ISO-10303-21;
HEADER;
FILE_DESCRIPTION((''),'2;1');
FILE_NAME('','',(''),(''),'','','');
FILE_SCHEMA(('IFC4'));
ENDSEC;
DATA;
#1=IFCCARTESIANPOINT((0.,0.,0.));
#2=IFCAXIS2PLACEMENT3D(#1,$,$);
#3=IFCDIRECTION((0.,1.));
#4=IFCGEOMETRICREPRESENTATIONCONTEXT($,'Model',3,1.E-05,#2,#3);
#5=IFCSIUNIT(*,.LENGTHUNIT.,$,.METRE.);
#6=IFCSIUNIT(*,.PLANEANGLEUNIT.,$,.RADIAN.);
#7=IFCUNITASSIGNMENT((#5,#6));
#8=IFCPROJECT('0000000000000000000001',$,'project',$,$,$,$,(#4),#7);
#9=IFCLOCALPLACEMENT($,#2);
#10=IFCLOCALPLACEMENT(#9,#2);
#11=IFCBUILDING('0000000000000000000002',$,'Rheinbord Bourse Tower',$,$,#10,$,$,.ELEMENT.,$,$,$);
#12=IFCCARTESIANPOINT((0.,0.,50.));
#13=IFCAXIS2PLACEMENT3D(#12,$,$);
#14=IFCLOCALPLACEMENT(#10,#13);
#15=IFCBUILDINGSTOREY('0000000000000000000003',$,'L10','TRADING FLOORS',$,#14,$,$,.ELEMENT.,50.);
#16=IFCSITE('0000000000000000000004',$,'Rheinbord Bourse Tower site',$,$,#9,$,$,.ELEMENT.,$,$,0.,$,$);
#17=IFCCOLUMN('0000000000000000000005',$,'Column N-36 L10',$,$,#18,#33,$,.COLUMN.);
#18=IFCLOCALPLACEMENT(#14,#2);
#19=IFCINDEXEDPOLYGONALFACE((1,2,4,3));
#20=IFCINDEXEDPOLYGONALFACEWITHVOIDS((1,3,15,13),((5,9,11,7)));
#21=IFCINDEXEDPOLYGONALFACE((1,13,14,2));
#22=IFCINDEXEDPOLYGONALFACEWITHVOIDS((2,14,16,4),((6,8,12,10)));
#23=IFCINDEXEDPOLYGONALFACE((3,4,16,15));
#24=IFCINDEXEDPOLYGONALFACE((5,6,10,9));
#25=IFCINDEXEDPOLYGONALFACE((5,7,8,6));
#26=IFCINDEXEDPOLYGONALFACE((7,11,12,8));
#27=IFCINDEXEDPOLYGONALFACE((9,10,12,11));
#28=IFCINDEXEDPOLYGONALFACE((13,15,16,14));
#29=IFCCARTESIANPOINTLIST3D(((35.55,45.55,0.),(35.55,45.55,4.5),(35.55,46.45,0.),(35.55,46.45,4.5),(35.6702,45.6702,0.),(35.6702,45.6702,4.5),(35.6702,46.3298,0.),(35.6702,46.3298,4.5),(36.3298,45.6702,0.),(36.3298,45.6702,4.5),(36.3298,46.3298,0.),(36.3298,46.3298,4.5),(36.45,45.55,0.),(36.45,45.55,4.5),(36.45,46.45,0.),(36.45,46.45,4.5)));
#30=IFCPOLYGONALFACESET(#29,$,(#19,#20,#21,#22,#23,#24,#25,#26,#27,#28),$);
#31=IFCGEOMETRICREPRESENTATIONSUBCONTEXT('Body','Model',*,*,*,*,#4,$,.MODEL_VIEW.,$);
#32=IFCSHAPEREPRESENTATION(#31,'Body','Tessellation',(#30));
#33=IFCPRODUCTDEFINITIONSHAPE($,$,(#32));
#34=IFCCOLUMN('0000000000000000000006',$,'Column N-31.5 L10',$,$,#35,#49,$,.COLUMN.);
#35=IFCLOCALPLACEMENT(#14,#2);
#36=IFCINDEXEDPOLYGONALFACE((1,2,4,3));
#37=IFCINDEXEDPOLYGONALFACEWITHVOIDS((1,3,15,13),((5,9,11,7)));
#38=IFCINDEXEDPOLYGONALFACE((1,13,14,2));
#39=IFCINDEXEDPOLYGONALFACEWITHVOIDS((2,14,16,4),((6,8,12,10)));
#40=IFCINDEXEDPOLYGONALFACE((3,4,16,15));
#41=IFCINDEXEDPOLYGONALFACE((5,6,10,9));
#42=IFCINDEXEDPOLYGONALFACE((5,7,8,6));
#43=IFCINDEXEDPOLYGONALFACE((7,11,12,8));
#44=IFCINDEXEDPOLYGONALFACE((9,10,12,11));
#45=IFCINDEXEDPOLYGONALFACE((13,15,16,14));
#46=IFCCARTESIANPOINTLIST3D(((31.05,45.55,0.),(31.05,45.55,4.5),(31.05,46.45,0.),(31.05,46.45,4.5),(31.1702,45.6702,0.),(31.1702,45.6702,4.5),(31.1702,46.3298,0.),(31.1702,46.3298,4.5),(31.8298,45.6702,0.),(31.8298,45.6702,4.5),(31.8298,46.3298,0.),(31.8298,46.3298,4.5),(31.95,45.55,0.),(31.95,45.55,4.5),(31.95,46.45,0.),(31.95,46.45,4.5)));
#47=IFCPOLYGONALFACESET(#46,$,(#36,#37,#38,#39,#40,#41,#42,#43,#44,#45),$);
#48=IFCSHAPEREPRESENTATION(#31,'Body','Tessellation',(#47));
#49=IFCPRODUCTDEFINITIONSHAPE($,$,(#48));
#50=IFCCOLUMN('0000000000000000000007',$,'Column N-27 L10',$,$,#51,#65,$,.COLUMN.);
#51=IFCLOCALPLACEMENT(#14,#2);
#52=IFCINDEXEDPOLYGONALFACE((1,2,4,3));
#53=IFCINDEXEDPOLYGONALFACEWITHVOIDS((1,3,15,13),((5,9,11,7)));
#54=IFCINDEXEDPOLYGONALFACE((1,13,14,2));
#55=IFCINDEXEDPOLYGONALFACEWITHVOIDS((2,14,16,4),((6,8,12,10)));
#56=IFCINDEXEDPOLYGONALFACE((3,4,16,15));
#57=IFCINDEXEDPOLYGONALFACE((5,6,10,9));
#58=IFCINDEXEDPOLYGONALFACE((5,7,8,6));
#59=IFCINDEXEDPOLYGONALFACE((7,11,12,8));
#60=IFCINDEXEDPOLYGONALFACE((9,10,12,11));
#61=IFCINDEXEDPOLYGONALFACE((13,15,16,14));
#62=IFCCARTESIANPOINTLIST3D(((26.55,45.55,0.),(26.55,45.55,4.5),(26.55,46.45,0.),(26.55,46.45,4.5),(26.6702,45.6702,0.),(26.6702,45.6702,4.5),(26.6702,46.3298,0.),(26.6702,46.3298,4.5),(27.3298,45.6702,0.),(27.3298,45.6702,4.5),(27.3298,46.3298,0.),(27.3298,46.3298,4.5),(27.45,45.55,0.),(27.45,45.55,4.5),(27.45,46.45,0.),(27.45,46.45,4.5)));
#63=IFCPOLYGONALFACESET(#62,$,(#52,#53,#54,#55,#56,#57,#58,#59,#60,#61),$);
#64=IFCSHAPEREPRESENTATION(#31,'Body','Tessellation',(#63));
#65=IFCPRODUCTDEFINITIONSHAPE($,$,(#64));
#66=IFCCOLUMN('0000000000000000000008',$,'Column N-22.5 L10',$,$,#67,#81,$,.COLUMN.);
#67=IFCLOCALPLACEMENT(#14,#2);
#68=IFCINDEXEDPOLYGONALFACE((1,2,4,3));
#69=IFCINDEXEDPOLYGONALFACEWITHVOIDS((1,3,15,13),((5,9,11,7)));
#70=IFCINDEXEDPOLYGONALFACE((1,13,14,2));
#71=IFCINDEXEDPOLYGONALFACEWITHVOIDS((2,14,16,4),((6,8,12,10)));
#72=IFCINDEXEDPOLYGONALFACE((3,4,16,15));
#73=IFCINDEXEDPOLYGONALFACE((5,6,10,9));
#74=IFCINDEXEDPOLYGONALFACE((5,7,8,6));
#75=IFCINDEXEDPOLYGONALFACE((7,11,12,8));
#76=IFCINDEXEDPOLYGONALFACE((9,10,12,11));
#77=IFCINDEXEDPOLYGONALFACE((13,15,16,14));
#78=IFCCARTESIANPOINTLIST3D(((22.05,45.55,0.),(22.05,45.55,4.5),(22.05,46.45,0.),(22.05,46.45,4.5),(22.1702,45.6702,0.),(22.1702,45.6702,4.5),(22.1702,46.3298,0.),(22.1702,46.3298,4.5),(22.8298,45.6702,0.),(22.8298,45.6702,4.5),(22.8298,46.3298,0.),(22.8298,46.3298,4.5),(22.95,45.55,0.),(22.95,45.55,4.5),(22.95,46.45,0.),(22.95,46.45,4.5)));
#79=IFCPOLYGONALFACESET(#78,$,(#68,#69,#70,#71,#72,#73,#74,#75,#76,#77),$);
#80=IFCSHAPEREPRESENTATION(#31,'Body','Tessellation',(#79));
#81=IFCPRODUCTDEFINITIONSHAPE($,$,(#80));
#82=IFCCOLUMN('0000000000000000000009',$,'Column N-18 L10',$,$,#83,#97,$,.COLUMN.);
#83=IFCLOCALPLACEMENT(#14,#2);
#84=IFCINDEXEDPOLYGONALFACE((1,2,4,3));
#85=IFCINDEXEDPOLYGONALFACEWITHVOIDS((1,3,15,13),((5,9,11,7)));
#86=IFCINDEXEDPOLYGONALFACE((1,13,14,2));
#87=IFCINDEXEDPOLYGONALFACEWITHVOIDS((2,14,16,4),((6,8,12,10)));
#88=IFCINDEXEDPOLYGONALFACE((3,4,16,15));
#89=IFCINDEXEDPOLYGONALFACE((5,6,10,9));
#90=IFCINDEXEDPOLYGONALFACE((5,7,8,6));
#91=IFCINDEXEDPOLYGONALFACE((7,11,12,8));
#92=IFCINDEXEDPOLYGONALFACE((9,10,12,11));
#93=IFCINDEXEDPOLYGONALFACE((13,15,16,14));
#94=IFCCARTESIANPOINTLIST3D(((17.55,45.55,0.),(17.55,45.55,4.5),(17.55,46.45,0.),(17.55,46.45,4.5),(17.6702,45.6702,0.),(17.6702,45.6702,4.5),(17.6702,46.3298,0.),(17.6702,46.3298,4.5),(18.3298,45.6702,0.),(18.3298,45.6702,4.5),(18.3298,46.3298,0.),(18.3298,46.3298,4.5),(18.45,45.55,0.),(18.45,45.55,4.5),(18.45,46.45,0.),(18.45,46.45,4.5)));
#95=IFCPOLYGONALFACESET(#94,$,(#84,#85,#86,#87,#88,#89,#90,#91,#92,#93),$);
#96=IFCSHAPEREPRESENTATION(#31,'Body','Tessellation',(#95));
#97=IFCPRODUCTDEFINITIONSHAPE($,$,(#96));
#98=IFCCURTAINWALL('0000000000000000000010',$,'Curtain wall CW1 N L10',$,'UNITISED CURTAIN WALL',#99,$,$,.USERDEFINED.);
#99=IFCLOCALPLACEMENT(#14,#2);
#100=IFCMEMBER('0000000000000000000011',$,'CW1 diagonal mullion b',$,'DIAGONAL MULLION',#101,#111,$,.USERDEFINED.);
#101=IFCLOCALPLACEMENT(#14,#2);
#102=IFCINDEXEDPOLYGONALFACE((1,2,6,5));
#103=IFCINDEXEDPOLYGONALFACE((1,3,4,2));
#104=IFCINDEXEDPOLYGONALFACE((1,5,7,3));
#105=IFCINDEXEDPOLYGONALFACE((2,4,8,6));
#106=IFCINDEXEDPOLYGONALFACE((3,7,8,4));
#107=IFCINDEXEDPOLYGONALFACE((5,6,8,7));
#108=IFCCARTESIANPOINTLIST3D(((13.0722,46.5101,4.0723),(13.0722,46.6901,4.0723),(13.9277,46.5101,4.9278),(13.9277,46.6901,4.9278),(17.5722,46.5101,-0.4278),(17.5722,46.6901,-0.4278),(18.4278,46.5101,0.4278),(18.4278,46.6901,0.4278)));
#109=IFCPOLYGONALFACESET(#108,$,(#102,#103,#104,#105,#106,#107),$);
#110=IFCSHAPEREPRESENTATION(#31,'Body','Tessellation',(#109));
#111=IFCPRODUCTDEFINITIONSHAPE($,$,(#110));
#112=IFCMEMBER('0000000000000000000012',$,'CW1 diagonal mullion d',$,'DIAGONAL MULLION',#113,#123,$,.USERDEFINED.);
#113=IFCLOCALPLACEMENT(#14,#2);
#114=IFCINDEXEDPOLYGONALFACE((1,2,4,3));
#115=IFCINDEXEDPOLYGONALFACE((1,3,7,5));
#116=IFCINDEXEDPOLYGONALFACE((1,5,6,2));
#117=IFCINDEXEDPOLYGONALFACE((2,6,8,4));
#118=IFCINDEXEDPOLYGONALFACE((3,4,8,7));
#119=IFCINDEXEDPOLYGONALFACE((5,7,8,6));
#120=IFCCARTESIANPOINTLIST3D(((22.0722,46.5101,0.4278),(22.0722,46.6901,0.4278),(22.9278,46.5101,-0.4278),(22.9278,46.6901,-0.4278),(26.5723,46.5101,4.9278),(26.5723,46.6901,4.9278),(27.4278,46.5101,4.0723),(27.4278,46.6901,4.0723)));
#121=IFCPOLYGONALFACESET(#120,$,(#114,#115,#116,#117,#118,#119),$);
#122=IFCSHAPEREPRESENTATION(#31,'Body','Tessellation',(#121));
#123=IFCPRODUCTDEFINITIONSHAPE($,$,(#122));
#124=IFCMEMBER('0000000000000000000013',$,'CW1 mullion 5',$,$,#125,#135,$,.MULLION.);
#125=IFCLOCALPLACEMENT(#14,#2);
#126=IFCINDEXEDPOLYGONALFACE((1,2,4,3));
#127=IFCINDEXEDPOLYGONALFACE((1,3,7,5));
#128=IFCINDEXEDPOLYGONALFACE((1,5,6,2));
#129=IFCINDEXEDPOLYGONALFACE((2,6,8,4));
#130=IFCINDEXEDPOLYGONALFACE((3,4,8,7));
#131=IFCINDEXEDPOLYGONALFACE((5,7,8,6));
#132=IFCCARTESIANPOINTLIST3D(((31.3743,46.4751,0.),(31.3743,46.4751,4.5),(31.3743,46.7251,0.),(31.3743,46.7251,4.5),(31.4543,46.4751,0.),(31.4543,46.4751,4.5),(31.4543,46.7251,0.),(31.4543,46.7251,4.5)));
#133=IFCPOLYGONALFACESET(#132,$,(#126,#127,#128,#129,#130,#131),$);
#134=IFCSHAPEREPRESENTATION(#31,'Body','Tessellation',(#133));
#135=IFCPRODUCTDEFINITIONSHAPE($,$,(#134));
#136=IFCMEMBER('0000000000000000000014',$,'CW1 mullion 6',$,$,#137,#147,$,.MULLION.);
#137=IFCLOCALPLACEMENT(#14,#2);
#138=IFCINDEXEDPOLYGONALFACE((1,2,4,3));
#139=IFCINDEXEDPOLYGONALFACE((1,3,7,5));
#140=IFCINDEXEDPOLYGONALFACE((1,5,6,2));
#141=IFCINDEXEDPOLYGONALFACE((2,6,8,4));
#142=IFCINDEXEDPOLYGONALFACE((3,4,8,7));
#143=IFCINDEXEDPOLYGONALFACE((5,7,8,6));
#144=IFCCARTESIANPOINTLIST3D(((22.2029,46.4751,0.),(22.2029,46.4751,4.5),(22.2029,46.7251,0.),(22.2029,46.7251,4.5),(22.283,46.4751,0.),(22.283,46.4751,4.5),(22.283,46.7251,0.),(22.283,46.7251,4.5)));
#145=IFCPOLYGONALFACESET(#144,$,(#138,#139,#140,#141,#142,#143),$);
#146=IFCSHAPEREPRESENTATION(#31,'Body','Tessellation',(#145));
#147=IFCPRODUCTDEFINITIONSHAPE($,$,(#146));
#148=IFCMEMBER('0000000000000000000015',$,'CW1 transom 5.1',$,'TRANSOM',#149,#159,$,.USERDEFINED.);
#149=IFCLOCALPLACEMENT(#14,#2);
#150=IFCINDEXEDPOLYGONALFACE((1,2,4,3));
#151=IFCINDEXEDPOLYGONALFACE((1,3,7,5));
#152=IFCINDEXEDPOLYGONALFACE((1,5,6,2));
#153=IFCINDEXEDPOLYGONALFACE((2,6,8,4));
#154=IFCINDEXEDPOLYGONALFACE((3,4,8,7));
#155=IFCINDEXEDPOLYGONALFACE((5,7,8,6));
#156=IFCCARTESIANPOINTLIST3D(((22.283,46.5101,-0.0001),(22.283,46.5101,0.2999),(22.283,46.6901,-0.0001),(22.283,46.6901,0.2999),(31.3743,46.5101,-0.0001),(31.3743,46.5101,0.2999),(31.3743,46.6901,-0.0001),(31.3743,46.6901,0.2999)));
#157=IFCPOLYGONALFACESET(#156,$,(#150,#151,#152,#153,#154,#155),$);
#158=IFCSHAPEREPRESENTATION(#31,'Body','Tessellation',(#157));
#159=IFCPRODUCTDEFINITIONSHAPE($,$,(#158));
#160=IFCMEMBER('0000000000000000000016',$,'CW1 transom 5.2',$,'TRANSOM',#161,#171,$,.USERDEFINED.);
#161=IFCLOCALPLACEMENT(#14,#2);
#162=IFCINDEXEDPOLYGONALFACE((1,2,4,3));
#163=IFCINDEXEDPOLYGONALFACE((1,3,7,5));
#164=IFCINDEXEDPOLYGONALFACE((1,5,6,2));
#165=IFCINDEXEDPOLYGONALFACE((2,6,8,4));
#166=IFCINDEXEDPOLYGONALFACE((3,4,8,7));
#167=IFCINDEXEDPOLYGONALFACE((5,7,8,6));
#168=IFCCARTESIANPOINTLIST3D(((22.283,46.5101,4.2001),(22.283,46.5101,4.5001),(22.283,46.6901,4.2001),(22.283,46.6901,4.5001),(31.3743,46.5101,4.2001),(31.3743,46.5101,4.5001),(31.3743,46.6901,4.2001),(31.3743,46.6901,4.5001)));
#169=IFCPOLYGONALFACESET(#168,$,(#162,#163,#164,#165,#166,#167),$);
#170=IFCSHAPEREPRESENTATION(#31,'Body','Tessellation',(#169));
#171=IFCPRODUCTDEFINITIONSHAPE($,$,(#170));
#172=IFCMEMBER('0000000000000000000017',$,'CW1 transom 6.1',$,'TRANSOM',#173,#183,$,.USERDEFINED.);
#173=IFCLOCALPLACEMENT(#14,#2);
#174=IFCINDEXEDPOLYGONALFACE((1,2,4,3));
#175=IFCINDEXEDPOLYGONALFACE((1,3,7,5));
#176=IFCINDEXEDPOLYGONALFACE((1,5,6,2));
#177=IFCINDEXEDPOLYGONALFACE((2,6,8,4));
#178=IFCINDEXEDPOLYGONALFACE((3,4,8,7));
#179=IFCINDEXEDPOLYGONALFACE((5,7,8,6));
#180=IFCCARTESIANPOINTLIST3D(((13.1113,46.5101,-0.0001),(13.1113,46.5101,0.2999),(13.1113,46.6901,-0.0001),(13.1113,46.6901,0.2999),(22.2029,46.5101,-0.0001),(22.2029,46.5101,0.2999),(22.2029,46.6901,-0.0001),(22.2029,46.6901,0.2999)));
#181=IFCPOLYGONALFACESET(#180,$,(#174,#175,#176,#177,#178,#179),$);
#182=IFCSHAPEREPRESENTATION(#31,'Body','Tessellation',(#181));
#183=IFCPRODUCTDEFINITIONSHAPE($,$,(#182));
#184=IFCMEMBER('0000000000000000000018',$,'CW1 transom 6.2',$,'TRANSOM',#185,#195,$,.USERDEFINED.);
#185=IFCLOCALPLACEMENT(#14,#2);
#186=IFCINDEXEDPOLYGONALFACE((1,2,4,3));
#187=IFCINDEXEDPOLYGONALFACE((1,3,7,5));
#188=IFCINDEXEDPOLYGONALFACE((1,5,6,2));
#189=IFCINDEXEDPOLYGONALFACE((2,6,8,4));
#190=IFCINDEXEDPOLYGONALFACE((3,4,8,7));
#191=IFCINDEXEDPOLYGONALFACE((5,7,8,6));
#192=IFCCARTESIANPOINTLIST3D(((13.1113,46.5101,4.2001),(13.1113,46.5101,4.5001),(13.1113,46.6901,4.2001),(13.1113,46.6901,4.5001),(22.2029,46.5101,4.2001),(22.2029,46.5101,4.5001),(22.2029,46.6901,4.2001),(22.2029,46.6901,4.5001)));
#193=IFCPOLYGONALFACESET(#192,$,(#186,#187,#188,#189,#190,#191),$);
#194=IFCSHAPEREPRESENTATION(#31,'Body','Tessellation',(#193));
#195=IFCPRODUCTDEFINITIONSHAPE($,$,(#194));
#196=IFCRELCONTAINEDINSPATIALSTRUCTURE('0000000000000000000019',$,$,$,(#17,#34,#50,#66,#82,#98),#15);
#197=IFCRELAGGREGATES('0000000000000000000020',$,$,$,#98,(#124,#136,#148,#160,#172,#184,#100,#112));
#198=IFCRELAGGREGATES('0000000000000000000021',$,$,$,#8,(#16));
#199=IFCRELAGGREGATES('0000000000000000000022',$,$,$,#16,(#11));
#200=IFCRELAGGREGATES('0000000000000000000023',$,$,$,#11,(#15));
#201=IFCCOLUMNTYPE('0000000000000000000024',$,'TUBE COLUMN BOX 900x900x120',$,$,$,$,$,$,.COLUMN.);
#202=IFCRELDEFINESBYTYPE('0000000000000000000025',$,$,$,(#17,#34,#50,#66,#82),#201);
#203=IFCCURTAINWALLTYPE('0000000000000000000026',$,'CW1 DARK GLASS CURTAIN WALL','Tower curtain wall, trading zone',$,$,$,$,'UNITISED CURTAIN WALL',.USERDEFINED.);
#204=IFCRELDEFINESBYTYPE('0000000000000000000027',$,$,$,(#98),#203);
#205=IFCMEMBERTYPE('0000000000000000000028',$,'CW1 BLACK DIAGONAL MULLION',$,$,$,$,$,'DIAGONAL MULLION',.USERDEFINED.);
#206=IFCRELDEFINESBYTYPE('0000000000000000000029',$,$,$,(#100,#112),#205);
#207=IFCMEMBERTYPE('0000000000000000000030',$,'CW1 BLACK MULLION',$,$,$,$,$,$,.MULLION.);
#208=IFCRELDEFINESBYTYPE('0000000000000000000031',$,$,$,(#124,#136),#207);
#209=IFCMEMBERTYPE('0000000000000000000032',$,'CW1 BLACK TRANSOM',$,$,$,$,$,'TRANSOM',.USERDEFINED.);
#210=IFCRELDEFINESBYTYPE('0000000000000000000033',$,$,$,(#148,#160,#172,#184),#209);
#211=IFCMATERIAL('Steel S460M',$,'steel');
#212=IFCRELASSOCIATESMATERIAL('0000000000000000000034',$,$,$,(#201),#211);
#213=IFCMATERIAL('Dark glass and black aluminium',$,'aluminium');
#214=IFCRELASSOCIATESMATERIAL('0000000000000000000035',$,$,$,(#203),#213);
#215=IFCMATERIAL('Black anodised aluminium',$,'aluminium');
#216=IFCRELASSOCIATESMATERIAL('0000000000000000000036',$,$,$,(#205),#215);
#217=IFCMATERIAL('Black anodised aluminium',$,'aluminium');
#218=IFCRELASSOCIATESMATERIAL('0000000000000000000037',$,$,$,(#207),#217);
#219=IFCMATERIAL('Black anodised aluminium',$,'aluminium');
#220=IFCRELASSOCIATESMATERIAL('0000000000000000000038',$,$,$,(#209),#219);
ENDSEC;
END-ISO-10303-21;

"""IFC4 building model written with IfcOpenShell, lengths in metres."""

from ifc_helpers import new_model, si_unit, direction, frame, origin, origin_2d, place, context, subcontext, project, spatial, rectangle, hollow_rectangle, extrude, material, material_profile, profile_set, type_object, element, aggregate, save


model = new_model("IFC4")

# Units and contexts
model_context = context("Model", 3, precision=1e-05, world=origin(), true_north=direction((0.0, 1.0)))
body_context = subcontext(model_context, "Body", "Model", "MODEL_VIEW")
ifc_project = project(units=[si_unit("LENGTHUNIT", "METRE"), si_unit("PLANEANGLEUNIT", "RADIAN")], contexts=[model_context])

# Site, building, storey
site_placement = place(None, origin())
site = spatial("IfcSite", under=ifc_project, at=site_placement, Name="Rheinbord Bourse Tower site", CompositionType="ELEMENT", RefElevation=0.0)
building_placement = place(site_placement, origin())
building = spatial("IfcBuilding", under=site, at=building_placement, Name="Rheinbord Bourse Tower", CompositionType="ELEMENT")
storey_placement = place(building_placement, frame((0.0, 0.0, 50.0)))
storey = spatial("IfcBuildingStorey", under=building, at=storey_placement, Name="L10", Description="TRADING FLOORS", CompositionType="ELEMENT", Elevation=50.0)

# Columns
ifc_material_1 = material(Name="Steel S460M", Category="steel")
ifc_material_profile_1 = material_profile(ifc_material_1, hollow_rectangle(XDim=0.8999, YDim=0.8999, WallThickness=0.1201, at=origin_2d()), Name="BOX 900x900x120")
ifc_profile_set_1 = profile_set([ifc_material_profile_1], Name="Steel S460M")
column_type = type_object("IfcColumnType", Name="TUBE COLUMN BOX 900x900x120", PredefinedType="COLUMN", material=ifc_profile_set_1)
for number, where, z_axis, x_axis, name in (
    (1, (36.0, 46.0, 0.0), (0.0, 0.0, 1.0), (0.0, 1.0, 0.0), "Column N-36 L10"),
    (2, (31.5, 46.0, 0.0), (0.0, 0.0, 1.0), (0.0, 1.0, 0.0), "Column N-31.5 L10"),
    (3, (27.0, 46.0, 0.0), (0.0, 0.0, 1.0), (0.0, 1.0, 0.0), "Column N-27 L10"),
    (4, (22.5, 46.0, 0.0), (0.0, 0.0, 1.0), (0.0, 1.0, 0.0), "Column N-22.5 L10"),
    (5, (18.0, 46.0, 0.0), (0.0, 0.0, 1.0), (0.0, 1.0, 0.0), "Column N-18 L10"),
):
    element("IfcColumn", number, at=place(storey_placement, frame(where, z_axis=z_axis, x_axis=x_axis)), inside=storey, type_object=column_type, Name=name, PredefinedType="COLUMN", context=body_context, shape_type="SweptSolid", body=[
        extrude(hollow_rectangle(XDim=0.8999, YDim=0.8999, WallThickness=0.1201, at=origin_2d()), origin(), (0.0, 0.0, 1.0), 4.5),
    ])

# Curtain wall, members
ifc_material_2 = material(Name="Dark glass and black aluminium", Category="aluminium")
curtain_wall_type = type_object("IfcCurtainWallType", Name="CW1 DARK GLASS CURTAIN WALL", Description="Tower curtain wall, trading zone", ElementType="UNITISED CURTAIN WALL", PredefinedType="USERDEFINED", material=ifc_material_2)
curtain_wall_placement = place(storey_placement, origin())
curtain_wall = element("IfcCurtainWall", 6, at=curtain_wall_placement, inside=storey, type_object=curtain_wall_type, Name="Curtain wall CW1 N L10", ObjectType="UNITISED CURTAIN WALL", PredefinedType="USERDEFINED")
ifc_material_3 = material(Name="Black anodised aluminium", Category="aluminium")
ifc_material_profile_2 = material_profile(ifc_material_3, rectangle(XDim=0.1799, YDim=1.21, at=origin_2d()), Name="CW1 DIAGONAL MULLION 1210x180")
ifc_profile_set_2 = profile_set([ifc_material_profile_2], Name="Black anodised aluminium")
member_type_1 = type_object("IfcMemberType", Name="CW1 BLACK DIAGONAL MULLION", ElementType="DIAGONAL MULLION", PredefinedType="USERDEFINED", material=ifc_profile_set_2)
member_1_placement = place(storey_placement, frame((18.0, 46.6001, 0.0), z_axis=(-0.707107, 0.0, 0.707107), x_axis=(0.0, -1.0, 0.0)))
member_1 = element("IfcMember", 7, at=member_1_placement, type_object=member_type_1, Name="CW1 diagonal mullion b", ObjectType="DIAGONAL MULLION", PredefinedType="USERDEFINED", context=body_context, shape_type="SweptSolid", body=[
    extrude(rectangle(XDim=0.1799, YDim=1.21, at=origin_2d()), origin(), (0.0, 0.0, 1.0), 6.364),
])
member_2_placement = place(storey_placement, frame((22.5, 46.6001, 0.0), z_axis=(0.707107, 0.0, 0.707107), x_axis=(0.0, 1.0, 0.0)))
member_2 = element("IfcMember", 8, at=member_2_placement, type_object=member_type_1, Name="CW1 diagonal mullion d", ObjectType="DIAGONAL MULLION", PredefinedType="USERDEFINED", context=body_context, shape_type="SweptSolid", body=[
    extrude(rectangle(XDim=0.1799, YDim=1.21, at=origin_2d()), origin(), (0.0, 0.0, 1.0), 6.364),
])
ifc_material_4 = material(Name="Black anodised aluminium", Category="aluminium")
ifc_material_profile_3 = material_profile(ifc_material_4, rectangle(XDim=0.25, YDim=0.0801, at=origin_2d()), Name="CW1 MULLION 80x250")
ifc_profile_set_3 = profile_set([ifc_material_profile_3], Name="Black anodised aluminium")
member_type_2 = type_object("IfcMemberType", Name="CW1 BLACK MULLION", PredefinedType="MULLION", material=ifc_profile_set_3)
member_3_placement = place(storey_placement, frame((31.4143, 46.6001, 0.0), z_axis=(0.0, 0.0, 1.0), x_axis=(0.0, -1.0, 0.0)))
member_3 = element("IfcMember", 9, at=member_3_placement, type_object=member_type_2, Name="CW1 mullion 5", PredefinedType="MULLION", context=body_context, shape_type="SweptSolid", body=[
    extrude(rectangle(XDim=0.25, YDim=0.0801, at=origin_2d()), origin(), (0.0, 0.0, 1.0), 4.5),
])
member_4_placement = place(storey_placement, frame((22.2429, 46.6001, 0.0), z_axis=(0.0, 0.0, 1.0), x_axis=(0.0, -1.0, 0.0)))
member_4 = element("IfcMember", 10, at=member_4_placement, type_object=member_type_2, Name="CW1 mullion 6", PredefinedType="MULLION", context=body_context, shape_type="SweptSolid", body=[
    extrude(rectangle(XDim=0.25, YDim=0.0801, at=origin_2d()), origin(), (0.0, 0.0, 1.0), 4.5),
])
ifc_material_5 = material(Name="Black anodised aluminium", Category="aluminium")
ifc_material_profile_4 = material_profile(ifc_material_5, rectangle(XDim=0.1799, YDim=0.3, at=origin_2d()), Name="CW1 TRANSOM 300x180")
ifc_profile_set_4 = profile_set([ifc_material_profile_4], Name="Black anodised aluminium")
member_type_3 = type_object("IfcMemberType", Name="CW1 BLACK TRANSOM", ElementType="TRANSOM", PredefinedType="USERDEFINED", material=ifc_profile_set_4)
member_5_placement = place(storey_placement, frame((31.3743, 46.6001, 0.1499), z_axis=(-1.0, 0.0, 0.0), x_axis=(0.0, -1.0, 0.0)))
member_5 = element("IfcMember", 11, at=member_5_placement, type_object=member_type_3, Name="CW1 transom 5.1", ObjectType="TRANSOM", PredefinedType="USERDEFINED", context=body_context, shape_type="SweptSolid", body=[
    extrude(rectangle(XDim=0.1799, YDim=0.3, at=origin_2d()), origin(), (0.0, 0.0, 1.0), 9.0913),
])
member_6_placement = place(storey_placement, frame((31.3743, 46.6001, 4.3501), z_axis=(-1.0, 0.0, 0.0), x_axis=(0.0, -1.0, 0.0)))
member_6 = element("IfcMember", 12, at=member_6_placement, type_object=member_type_3, Name="CW1 transom 5.2", ObjectType="TRANSOM", PredefinedType="USERDEFINED", context=body_context, shape_type="SweptSolid", body=[
    extrude(rectangle(XDim=0.1799, YDim=0.3, at=origin_2d()), origin(), (0.0, 0.0, 1.0), 9.0913),
])
member_7_placement = place(storey_placement, frame((22.2029, 46.6001, 0.1499), z_axis=(-1.0, 0.0, 0.0), x_axis=(0.0, -1.0, 0.0)))
member_7 = element("IfcMember", 13, at=member_7_placement, type_object=member_type_3, Name="CW1 transom 6.1", ObjectType="TRANSOM", PredefinedType="USERDEFINED", context=body_context, shape_type="SweptSolid", body=[
    extrude(rectangle(XDim=0.1799, YDim=0.3, at=origin_2d()), origin(), (0.0, 0.0, 1.0), 9.0916),
])
member_8_placement = place(storey_placement, frame((22.2029, 46.6001, 4.3501), z_axis=(-1.0, 0.0, 0.0), x_axis=(0.0, -1.0, 0.0)))
member_8 = element("IfcMember", 14, at=member_8_placement, type_object=member_type_3, Name="CW1 transom 6.2", ObjectType="TRANSOM", PredefinedType="USERDEFINED", context=body_context, shape_type="SweptSolid", body=[
    extrude(rectangle(XDim=0.1799, YDim=0.3, at=origin_2d()), origin(), (0.0, 0.0, 1.0), 9.0916),
])

aggregate(curtain_wall, [member_3, member_4, member_5, member_6, member_7, member_8, member_1, member_2])

save(model, "model.ifc")
